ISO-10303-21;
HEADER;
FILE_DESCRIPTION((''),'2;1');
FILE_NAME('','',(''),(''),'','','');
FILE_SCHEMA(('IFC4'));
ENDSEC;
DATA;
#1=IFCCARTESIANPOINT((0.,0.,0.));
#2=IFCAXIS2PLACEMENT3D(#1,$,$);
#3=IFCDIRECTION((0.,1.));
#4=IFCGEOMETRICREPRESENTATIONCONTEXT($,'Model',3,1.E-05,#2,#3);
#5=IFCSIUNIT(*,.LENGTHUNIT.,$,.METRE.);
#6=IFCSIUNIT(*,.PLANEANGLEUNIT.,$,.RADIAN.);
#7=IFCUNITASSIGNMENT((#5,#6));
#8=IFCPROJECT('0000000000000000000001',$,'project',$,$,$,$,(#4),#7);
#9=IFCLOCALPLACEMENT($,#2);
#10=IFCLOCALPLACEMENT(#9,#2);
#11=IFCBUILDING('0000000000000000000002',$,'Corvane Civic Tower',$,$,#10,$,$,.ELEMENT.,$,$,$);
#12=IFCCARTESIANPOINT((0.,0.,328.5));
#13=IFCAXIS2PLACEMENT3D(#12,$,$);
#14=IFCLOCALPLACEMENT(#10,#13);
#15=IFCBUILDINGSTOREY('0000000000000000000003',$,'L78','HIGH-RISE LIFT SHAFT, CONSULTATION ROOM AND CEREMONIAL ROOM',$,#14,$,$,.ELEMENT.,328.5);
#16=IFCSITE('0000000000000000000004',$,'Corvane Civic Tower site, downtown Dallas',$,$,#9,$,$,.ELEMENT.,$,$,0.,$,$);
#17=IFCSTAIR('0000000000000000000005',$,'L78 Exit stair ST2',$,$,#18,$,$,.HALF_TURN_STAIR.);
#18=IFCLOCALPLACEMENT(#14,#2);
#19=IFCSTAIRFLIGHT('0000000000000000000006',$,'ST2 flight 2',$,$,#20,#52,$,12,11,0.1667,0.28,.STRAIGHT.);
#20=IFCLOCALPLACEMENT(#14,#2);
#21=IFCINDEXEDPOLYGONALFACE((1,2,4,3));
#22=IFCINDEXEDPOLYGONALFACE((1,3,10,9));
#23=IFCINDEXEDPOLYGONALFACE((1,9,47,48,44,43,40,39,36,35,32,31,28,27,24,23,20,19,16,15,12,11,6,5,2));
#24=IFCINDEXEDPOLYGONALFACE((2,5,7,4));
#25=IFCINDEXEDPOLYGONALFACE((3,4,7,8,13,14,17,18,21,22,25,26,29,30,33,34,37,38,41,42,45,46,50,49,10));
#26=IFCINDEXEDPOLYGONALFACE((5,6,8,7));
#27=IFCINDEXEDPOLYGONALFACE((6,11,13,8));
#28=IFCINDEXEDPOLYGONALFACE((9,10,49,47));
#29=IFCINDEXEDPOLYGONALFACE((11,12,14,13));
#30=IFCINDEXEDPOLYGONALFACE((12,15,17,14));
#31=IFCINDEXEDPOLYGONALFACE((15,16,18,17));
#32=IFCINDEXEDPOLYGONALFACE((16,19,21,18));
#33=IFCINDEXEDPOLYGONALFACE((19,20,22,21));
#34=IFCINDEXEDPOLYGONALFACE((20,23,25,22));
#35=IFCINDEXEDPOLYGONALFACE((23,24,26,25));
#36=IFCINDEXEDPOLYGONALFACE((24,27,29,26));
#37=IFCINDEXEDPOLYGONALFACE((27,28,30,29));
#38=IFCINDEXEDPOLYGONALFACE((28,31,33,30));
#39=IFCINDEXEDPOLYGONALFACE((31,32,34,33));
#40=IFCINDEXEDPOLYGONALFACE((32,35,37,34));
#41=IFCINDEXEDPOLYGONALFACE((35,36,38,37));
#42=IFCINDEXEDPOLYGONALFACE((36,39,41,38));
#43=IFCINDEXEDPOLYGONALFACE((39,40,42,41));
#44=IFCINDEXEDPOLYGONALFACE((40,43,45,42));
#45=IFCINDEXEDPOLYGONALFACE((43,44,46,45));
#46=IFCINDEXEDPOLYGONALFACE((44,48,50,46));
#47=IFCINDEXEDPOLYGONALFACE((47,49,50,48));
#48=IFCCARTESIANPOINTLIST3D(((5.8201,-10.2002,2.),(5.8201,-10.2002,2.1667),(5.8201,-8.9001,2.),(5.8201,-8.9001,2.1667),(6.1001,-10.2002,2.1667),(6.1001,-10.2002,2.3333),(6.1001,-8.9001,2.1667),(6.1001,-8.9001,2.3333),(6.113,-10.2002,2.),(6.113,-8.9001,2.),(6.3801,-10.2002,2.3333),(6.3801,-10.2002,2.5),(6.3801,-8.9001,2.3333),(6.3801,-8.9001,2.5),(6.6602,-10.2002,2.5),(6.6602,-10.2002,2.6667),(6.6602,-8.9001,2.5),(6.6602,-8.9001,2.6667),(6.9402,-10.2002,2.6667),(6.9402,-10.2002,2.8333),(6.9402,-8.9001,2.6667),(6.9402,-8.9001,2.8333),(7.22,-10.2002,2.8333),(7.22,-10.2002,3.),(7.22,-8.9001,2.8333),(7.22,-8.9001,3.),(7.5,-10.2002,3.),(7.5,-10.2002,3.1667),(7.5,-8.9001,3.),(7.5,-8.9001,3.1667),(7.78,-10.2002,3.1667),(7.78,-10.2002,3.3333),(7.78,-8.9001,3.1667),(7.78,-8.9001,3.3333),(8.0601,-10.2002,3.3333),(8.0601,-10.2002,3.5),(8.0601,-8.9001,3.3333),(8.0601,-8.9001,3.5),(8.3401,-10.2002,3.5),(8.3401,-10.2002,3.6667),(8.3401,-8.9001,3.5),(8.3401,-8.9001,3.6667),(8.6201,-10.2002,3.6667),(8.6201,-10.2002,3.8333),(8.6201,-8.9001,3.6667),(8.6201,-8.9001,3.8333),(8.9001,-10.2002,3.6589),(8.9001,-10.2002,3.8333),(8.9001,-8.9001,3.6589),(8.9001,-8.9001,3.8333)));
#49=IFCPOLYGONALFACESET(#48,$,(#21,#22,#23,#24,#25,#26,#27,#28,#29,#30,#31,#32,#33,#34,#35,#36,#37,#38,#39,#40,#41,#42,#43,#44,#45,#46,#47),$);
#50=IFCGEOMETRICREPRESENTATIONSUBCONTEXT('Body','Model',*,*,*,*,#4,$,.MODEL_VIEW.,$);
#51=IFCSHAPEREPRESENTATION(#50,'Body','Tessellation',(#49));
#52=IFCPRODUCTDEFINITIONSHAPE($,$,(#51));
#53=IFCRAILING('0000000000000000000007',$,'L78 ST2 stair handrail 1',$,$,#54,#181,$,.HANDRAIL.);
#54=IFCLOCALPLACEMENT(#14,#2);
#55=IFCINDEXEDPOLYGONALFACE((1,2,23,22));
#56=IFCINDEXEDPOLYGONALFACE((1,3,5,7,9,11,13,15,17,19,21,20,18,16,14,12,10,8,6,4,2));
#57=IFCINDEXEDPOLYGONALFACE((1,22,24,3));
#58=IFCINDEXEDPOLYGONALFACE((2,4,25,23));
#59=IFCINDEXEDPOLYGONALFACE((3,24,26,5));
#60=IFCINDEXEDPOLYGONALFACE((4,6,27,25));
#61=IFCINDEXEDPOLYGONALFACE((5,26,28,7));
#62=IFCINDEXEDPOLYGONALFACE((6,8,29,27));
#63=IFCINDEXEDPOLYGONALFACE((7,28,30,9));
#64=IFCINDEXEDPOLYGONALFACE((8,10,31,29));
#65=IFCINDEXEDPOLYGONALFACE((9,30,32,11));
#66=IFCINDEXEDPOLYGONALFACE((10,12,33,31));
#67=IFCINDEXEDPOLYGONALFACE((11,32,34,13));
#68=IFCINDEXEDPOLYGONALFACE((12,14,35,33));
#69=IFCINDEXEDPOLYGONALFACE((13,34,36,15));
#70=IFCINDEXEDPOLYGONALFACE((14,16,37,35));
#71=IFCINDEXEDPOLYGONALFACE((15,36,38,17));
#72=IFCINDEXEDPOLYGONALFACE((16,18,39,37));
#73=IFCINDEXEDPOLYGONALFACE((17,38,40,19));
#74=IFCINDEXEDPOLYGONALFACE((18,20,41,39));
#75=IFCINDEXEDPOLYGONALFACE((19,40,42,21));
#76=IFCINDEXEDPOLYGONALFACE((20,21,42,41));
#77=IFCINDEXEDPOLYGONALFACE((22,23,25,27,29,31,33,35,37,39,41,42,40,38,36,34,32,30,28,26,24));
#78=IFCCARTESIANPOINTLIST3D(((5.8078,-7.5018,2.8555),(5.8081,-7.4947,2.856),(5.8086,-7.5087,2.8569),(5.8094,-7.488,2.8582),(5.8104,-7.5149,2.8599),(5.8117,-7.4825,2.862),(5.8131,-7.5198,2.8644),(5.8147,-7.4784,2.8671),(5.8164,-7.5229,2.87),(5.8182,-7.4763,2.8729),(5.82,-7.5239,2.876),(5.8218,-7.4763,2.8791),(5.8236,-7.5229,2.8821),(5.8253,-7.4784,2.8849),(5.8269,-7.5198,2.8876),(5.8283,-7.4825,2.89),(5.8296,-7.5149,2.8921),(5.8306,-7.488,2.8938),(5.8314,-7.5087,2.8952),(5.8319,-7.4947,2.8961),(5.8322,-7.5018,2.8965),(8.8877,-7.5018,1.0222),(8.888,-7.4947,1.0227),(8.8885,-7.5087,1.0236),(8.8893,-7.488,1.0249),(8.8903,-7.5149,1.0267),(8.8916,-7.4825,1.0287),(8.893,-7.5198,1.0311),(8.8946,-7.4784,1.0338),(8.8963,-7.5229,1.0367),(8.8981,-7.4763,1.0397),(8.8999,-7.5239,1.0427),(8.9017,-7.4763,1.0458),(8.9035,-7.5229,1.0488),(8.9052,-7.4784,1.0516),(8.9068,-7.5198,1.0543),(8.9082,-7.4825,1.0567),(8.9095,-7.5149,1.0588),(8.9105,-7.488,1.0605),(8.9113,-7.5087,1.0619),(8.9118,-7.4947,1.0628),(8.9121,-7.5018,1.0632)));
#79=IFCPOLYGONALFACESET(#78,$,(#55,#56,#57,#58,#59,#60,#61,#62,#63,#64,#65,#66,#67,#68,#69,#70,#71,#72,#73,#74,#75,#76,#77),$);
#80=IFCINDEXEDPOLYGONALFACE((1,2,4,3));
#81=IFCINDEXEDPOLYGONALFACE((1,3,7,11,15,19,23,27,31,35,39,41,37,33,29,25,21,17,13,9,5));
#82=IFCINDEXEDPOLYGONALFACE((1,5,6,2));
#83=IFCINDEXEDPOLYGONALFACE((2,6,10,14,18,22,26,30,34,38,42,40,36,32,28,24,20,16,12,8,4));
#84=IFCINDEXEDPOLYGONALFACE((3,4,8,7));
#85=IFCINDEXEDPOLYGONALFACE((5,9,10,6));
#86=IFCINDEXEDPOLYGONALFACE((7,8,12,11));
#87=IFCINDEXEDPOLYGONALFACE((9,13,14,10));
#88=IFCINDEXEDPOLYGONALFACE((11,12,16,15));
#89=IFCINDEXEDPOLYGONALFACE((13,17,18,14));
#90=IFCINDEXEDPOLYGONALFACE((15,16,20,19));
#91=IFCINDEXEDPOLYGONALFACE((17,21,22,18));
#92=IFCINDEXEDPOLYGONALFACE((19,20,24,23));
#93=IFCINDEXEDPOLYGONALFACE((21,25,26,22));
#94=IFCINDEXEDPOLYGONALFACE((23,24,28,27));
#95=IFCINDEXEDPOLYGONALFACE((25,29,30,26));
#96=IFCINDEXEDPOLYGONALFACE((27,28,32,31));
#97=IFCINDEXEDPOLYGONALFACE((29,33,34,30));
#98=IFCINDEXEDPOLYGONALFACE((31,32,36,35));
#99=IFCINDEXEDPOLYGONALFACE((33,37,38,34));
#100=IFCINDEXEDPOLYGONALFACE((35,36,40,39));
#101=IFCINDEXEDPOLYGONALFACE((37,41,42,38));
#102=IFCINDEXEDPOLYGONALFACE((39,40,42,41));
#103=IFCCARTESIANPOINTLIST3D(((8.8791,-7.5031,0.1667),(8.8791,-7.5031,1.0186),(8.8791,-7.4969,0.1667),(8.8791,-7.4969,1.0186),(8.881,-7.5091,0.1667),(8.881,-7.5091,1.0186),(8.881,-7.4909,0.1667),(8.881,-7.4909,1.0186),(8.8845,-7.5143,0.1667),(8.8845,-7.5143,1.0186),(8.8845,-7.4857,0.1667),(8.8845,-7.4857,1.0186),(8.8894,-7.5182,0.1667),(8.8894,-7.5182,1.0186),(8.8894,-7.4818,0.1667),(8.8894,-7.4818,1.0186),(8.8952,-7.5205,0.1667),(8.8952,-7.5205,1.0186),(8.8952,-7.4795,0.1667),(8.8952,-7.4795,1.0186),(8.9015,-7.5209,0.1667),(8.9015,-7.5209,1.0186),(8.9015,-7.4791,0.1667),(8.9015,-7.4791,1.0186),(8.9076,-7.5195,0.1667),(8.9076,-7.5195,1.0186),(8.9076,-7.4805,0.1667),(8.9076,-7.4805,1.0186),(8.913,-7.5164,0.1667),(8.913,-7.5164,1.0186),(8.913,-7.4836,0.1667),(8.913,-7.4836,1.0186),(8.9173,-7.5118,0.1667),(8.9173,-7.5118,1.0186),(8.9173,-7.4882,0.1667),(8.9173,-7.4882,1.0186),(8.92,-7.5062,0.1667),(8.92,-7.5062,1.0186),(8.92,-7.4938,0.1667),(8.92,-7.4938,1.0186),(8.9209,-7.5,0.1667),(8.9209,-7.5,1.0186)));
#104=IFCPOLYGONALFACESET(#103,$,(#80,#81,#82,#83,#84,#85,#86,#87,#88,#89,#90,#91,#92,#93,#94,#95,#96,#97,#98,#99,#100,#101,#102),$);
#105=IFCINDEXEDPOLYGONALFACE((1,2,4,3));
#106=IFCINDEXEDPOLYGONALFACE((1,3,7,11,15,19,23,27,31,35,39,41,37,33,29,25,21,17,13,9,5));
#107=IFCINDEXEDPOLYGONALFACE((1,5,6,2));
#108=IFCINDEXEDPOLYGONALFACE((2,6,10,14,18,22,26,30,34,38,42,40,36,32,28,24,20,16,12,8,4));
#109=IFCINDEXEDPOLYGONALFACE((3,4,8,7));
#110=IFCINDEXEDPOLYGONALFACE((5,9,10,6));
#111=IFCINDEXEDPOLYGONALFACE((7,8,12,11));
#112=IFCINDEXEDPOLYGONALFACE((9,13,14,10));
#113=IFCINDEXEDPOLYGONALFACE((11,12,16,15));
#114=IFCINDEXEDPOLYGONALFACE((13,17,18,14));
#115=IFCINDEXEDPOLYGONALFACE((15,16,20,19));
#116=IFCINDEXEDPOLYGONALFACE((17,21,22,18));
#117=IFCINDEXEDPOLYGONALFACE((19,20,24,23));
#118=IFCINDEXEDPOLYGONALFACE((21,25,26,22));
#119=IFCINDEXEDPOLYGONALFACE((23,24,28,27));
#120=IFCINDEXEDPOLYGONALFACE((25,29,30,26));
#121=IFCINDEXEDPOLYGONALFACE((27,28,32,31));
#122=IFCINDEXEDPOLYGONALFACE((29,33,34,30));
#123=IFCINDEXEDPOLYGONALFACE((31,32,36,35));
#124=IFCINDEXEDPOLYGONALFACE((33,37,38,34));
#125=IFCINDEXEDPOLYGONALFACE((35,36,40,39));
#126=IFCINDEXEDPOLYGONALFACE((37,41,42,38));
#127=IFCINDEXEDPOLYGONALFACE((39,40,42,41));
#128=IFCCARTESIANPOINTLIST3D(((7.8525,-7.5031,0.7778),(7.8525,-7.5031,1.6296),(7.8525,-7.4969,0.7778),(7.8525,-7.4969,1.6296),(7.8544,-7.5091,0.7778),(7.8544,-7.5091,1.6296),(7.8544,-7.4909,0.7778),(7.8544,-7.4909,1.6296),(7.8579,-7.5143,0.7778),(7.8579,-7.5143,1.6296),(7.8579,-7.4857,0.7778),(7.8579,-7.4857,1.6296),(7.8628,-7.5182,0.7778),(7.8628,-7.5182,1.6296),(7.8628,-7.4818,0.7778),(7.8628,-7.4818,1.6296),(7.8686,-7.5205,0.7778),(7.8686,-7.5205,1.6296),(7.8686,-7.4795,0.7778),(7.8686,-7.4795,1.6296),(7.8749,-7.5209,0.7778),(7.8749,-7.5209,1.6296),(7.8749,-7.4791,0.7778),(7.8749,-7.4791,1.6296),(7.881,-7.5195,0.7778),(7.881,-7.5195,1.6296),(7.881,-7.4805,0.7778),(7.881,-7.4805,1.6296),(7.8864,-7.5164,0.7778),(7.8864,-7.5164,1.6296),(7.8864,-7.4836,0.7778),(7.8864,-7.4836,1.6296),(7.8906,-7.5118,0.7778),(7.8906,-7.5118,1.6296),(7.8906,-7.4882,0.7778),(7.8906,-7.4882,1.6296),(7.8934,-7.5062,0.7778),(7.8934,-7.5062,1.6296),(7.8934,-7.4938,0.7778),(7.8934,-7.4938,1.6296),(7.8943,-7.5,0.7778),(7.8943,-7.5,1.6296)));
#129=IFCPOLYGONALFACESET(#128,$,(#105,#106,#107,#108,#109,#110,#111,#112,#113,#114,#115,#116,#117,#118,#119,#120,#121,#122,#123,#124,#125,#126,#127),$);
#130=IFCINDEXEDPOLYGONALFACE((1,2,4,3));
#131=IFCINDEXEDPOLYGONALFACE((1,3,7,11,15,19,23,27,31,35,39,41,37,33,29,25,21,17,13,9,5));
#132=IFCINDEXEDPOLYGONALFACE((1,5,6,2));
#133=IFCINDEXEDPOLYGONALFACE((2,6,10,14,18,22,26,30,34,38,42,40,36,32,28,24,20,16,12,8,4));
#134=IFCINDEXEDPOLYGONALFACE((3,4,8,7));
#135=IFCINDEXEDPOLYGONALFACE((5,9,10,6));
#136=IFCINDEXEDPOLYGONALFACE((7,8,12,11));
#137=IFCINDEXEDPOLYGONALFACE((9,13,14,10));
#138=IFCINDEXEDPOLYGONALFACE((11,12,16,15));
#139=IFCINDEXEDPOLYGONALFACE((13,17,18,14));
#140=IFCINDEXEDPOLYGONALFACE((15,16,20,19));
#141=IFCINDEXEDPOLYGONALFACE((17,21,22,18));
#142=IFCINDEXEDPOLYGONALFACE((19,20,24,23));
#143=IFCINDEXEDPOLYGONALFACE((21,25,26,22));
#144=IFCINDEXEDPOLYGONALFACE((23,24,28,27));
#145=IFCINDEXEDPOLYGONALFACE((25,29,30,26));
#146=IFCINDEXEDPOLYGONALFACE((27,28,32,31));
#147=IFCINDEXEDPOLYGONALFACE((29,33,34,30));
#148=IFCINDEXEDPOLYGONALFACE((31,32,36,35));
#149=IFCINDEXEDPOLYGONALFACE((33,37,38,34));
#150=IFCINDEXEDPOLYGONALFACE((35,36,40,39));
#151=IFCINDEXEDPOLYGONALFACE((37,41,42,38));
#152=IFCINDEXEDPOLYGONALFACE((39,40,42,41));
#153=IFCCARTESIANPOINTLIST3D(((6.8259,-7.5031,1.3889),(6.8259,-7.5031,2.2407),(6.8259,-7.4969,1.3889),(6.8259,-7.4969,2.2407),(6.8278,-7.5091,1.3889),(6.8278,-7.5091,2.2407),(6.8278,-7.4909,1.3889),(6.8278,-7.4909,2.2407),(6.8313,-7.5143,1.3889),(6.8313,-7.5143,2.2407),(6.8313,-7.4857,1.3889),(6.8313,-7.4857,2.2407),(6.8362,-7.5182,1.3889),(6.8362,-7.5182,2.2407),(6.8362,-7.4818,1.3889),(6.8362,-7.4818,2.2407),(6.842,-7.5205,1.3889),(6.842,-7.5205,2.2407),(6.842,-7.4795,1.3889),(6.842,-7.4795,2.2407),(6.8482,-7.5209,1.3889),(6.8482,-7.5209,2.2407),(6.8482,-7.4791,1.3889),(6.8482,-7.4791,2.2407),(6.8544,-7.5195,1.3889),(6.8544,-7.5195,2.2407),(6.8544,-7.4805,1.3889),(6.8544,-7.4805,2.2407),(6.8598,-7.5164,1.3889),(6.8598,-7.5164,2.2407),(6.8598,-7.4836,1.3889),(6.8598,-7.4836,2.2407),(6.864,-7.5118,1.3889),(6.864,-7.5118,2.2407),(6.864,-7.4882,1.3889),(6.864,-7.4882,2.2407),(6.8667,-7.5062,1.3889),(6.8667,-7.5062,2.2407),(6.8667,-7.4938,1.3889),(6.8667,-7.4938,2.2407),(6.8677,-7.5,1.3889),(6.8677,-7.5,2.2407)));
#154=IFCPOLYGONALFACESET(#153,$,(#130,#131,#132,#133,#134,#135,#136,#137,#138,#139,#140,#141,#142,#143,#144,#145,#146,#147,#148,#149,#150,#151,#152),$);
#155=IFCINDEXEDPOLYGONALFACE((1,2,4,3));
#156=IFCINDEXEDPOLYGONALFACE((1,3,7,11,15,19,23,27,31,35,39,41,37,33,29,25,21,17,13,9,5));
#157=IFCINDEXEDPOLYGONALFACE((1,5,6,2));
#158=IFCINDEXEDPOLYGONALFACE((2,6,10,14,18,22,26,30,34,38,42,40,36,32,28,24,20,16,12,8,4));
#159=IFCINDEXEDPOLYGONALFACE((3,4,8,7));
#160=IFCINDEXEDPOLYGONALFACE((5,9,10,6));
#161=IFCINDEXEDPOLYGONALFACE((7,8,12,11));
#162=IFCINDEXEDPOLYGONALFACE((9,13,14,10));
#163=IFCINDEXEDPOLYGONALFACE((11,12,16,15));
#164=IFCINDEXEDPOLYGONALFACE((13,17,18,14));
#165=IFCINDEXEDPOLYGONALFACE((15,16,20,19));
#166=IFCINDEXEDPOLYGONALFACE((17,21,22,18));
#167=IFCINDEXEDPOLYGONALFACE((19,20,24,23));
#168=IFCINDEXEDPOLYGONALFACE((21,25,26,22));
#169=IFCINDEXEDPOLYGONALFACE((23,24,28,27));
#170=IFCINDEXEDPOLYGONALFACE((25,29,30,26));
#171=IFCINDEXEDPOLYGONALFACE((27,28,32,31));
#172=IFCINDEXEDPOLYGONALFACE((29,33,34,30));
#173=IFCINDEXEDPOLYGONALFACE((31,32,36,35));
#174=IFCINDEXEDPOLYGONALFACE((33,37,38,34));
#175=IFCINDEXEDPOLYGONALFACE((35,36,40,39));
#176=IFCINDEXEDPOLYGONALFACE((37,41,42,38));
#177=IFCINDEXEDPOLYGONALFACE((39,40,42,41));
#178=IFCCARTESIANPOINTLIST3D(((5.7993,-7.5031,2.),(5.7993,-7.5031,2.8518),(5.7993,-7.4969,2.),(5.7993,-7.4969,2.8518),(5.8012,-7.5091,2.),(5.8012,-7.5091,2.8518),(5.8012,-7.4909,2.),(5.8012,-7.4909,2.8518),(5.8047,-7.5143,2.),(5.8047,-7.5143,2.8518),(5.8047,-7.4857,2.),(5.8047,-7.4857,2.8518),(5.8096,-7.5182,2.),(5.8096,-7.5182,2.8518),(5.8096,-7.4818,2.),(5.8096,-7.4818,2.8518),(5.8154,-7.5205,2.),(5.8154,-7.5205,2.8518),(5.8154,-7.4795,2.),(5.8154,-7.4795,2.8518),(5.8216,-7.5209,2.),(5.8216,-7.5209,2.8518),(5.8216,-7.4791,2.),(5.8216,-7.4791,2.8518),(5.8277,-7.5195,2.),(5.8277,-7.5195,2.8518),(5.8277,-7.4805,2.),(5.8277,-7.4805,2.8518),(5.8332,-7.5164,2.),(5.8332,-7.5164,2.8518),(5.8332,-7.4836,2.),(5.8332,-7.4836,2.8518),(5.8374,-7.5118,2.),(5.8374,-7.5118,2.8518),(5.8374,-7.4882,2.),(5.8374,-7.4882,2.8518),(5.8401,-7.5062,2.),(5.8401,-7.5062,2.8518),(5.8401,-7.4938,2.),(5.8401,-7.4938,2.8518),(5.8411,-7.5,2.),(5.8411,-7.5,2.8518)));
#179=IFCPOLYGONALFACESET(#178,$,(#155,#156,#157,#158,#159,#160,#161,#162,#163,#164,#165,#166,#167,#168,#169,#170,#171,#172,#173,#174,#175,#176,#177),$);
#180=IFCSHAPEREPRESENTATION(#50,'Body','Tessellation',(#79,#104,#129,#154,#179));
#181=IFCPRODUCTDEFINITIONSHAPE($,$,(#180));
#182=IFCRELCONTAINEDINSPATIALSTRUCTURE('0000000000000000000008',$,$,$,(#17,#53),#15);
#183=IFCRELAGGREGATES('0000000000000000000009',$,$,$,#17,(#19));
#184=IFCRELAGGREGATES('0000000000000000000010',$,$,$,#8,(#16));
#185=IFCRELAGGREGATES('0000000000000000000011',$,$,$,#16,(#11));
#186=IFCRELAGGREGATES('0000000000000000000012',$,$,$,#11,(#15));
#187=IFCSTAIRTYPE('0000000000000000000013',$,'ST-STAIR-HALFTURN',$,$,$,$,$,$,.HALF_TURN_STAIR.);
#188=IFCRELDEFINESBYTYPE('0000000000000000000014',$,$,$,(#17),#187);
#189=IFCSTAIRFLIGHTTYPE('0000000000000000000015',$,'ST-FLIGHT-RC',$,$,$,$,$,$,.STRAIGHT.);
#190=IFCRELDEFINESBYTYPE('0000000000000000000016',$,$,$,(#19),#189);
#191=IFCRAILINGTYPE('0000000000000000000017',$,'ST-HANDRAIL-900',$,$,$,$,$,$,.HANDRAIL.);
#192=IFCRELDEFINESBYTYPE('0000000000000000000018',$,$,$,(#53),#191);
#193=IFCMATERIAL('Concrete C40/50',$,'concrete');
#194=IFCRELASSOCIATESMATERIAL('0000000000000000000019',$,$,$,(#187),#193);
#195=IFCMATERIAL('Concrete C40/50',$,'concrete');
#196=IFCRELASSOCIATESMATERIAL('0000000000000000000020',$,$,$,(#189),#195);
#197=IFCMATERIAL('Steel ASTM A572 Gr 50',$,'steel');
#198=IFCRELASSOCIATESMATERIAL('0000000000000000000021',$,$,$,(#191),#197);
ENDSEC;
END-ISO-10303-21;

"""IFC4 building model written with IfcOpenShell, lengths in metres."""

from ifc_helpers import new_model, si_unit, direction, frame, origin, origin_2d, place, context, subcontext, project, spatial, polyline, circle, outline, extrude, material, type_object, element, aggregate, save


model = new_model("IFC4")

# Units and contexts
model_context = context("Model", 3, precision=1e-05, world=origin(), true_north=direction((0.0, 1.0)))
body_context = subcontext(model_context, "Body", "Model", "MODEL_VIEW")
ifc_project = project(units=[si_unit("LENGTHUNIT", "METRE"), si_unit("PLANEANGLEUNIT", "RADIAN")], contexts=[model_context])

# Site, building, storey
site_placement = place(None, origin())
site = spatial("IfcSite", under=ifc_project, at=site_placement, Name="Corvane Civic Tower site, downtown Dallas", CompositionType="ELEMENT", RefElevation=0.0)
building_placement = place(site_placement, origin())
building = spatial("IfcBuilding", under=site, at=building_placement, Name="Corvane Civic Tower", CompositionType="ELEMENT")
storey_placement = place(building_placement, frame((0.0, 0.0, 328.5)))
storey = spatial("IfcBuildingStorey", under=building, at=storey_placement, Name="L78", Description="HIGH-RISE LIFT SHAFT, CONSULTATION ROOM AND CEREMONIAL ROOM", CompositionType="ELEMENT", Elevation=328.5)

# Stair, stair flight
ifc_material_1 = material(Name="Concrete C40/50", Category="concrete")
stair_type = type_object("IfcStairType", Name="ST-STAIR-HALFTURN", PredefinedType="HALF_TURN_STAIR", material=ifc_material_1)
stair_placement = place(storey_placement, origin())
stair = element("IfcStair", 1, at=stair_placement, inside=storey, type_object=stair_type, Name="L78 Exit stair ST2", PredefinedType="HALF_TURN_STAIR")
ifc_material_2 = material(Name="Concrete C40/50", Category="concrete")
stair_flight_type = type_object("IfcStairFlightType", Name="ST-FLIGHT-RC", PredefinedType="STRAIGHT", material=ifc_material_2)
stair_flight_1_placement = place(storey_placement, frame((5.8201, -9.55, 2.0), z_axis=(0.0, 0.0, 1.0), x_axis=(1.0, 0.0, 0.0)))
stair_flight_1 = element("IfcStairFlight", 2, at=stair_flight_1_placement, type_object=stair_flight_type, Name="ST2 flight 2", NumberOfRisers=12, NumberOfTreads=11, PredefinedType="STRAIGHT", RiserHeight=0.1667, TreadLength=0.28, context=body_context, shape_type="SweptSolid", body=[
    extrude(outline(polyline([(0.0, 0.0), (0.0, 0.1667), (0.28, 0.1667), (0.28, 0.3333), (0.5601, 0.3333), (0.5601, 0.5), (0.8401, 0.5), (0.8401, 0.6667), (1.1201, 0.6667), (1.1201, 0.8333), (1.3999, 0.8333), (1.3999, 1.0), (1.6799, 1.0), (1.6799, 1.1667), (1.96, 1.1667), (1.96, 1.3333), (2.24, 1.3333), (2.24, 1.5), (2.52, 1.5), (2.52, 1.6667), (2.8, 1.6667), (2.8, 1.8333), (3.0801, 1.8333), (3.0801, 2.0), (3.0801, 1.6589), (0.293, 0.0), (0.0, 0.0)])), frame((0.0, 0.6499, 0.0), z_axis=(0.0, -1.0, 0.0), x_axis=(1.0, 0.0, 0.0)), (0.0, 0.0, 1.0), 1.3),
])
aggregate(stair, [stair_flight_1])

# Railing
ifc_material_3 = material(Name="Steel ASTM A572 Gr 50", Category="steel")
railing_type_1 = type_object("IfcRailingType", Name="ST-HANDRAIL-900", PredefinedType="HANDRAIL", material=ifc_material_3)
railing_1_placement = place(storey_placement, frame((8.8999, -7.5, 0.1667)))
element("IfcRailing", 3, at=railing_1_placement, inside=storey, type_object=railing_type_1, Name="L78 ST2 stair handrail 1", PredefinedType="HANDRAIL", context=body_context, shape_type="SweptSolid", body=[
    extrude(circle(Radius=0.0239, at=origin_2d()), frame((0.0, 0.0, 0.876), z_axis=(-0.859291, 0.0, 0.511487), x_axis=(0.0, -1.0, 0.0)), (0.0, 0.0, 1.0), 3.5842),
    extrude(circle(Radius=0.021, at=origin_2d()), origin(), (0.0, 0.0, 1.0), 0.8518),
    extrude(circle(Radius=0.021, at=origin_2d()), frame((-1.0266, 0.0, 0.6111)), (0.0, 0.0, 1.0), 0.8518),
    extrude(circle(Radius=0.021, at=origin_2d()), frame((-2.0532, 0.0, 1.2222)), (0.0, 0.0, 1.0), 0.8518),
    extrude(circle(Radius=0.021, at=origin_2d()), frame((-3.0798, 0.0, 1.8333)), (0.0, 0.0, 1.0), 0.8518),
])

save(model, "model.ifc")
